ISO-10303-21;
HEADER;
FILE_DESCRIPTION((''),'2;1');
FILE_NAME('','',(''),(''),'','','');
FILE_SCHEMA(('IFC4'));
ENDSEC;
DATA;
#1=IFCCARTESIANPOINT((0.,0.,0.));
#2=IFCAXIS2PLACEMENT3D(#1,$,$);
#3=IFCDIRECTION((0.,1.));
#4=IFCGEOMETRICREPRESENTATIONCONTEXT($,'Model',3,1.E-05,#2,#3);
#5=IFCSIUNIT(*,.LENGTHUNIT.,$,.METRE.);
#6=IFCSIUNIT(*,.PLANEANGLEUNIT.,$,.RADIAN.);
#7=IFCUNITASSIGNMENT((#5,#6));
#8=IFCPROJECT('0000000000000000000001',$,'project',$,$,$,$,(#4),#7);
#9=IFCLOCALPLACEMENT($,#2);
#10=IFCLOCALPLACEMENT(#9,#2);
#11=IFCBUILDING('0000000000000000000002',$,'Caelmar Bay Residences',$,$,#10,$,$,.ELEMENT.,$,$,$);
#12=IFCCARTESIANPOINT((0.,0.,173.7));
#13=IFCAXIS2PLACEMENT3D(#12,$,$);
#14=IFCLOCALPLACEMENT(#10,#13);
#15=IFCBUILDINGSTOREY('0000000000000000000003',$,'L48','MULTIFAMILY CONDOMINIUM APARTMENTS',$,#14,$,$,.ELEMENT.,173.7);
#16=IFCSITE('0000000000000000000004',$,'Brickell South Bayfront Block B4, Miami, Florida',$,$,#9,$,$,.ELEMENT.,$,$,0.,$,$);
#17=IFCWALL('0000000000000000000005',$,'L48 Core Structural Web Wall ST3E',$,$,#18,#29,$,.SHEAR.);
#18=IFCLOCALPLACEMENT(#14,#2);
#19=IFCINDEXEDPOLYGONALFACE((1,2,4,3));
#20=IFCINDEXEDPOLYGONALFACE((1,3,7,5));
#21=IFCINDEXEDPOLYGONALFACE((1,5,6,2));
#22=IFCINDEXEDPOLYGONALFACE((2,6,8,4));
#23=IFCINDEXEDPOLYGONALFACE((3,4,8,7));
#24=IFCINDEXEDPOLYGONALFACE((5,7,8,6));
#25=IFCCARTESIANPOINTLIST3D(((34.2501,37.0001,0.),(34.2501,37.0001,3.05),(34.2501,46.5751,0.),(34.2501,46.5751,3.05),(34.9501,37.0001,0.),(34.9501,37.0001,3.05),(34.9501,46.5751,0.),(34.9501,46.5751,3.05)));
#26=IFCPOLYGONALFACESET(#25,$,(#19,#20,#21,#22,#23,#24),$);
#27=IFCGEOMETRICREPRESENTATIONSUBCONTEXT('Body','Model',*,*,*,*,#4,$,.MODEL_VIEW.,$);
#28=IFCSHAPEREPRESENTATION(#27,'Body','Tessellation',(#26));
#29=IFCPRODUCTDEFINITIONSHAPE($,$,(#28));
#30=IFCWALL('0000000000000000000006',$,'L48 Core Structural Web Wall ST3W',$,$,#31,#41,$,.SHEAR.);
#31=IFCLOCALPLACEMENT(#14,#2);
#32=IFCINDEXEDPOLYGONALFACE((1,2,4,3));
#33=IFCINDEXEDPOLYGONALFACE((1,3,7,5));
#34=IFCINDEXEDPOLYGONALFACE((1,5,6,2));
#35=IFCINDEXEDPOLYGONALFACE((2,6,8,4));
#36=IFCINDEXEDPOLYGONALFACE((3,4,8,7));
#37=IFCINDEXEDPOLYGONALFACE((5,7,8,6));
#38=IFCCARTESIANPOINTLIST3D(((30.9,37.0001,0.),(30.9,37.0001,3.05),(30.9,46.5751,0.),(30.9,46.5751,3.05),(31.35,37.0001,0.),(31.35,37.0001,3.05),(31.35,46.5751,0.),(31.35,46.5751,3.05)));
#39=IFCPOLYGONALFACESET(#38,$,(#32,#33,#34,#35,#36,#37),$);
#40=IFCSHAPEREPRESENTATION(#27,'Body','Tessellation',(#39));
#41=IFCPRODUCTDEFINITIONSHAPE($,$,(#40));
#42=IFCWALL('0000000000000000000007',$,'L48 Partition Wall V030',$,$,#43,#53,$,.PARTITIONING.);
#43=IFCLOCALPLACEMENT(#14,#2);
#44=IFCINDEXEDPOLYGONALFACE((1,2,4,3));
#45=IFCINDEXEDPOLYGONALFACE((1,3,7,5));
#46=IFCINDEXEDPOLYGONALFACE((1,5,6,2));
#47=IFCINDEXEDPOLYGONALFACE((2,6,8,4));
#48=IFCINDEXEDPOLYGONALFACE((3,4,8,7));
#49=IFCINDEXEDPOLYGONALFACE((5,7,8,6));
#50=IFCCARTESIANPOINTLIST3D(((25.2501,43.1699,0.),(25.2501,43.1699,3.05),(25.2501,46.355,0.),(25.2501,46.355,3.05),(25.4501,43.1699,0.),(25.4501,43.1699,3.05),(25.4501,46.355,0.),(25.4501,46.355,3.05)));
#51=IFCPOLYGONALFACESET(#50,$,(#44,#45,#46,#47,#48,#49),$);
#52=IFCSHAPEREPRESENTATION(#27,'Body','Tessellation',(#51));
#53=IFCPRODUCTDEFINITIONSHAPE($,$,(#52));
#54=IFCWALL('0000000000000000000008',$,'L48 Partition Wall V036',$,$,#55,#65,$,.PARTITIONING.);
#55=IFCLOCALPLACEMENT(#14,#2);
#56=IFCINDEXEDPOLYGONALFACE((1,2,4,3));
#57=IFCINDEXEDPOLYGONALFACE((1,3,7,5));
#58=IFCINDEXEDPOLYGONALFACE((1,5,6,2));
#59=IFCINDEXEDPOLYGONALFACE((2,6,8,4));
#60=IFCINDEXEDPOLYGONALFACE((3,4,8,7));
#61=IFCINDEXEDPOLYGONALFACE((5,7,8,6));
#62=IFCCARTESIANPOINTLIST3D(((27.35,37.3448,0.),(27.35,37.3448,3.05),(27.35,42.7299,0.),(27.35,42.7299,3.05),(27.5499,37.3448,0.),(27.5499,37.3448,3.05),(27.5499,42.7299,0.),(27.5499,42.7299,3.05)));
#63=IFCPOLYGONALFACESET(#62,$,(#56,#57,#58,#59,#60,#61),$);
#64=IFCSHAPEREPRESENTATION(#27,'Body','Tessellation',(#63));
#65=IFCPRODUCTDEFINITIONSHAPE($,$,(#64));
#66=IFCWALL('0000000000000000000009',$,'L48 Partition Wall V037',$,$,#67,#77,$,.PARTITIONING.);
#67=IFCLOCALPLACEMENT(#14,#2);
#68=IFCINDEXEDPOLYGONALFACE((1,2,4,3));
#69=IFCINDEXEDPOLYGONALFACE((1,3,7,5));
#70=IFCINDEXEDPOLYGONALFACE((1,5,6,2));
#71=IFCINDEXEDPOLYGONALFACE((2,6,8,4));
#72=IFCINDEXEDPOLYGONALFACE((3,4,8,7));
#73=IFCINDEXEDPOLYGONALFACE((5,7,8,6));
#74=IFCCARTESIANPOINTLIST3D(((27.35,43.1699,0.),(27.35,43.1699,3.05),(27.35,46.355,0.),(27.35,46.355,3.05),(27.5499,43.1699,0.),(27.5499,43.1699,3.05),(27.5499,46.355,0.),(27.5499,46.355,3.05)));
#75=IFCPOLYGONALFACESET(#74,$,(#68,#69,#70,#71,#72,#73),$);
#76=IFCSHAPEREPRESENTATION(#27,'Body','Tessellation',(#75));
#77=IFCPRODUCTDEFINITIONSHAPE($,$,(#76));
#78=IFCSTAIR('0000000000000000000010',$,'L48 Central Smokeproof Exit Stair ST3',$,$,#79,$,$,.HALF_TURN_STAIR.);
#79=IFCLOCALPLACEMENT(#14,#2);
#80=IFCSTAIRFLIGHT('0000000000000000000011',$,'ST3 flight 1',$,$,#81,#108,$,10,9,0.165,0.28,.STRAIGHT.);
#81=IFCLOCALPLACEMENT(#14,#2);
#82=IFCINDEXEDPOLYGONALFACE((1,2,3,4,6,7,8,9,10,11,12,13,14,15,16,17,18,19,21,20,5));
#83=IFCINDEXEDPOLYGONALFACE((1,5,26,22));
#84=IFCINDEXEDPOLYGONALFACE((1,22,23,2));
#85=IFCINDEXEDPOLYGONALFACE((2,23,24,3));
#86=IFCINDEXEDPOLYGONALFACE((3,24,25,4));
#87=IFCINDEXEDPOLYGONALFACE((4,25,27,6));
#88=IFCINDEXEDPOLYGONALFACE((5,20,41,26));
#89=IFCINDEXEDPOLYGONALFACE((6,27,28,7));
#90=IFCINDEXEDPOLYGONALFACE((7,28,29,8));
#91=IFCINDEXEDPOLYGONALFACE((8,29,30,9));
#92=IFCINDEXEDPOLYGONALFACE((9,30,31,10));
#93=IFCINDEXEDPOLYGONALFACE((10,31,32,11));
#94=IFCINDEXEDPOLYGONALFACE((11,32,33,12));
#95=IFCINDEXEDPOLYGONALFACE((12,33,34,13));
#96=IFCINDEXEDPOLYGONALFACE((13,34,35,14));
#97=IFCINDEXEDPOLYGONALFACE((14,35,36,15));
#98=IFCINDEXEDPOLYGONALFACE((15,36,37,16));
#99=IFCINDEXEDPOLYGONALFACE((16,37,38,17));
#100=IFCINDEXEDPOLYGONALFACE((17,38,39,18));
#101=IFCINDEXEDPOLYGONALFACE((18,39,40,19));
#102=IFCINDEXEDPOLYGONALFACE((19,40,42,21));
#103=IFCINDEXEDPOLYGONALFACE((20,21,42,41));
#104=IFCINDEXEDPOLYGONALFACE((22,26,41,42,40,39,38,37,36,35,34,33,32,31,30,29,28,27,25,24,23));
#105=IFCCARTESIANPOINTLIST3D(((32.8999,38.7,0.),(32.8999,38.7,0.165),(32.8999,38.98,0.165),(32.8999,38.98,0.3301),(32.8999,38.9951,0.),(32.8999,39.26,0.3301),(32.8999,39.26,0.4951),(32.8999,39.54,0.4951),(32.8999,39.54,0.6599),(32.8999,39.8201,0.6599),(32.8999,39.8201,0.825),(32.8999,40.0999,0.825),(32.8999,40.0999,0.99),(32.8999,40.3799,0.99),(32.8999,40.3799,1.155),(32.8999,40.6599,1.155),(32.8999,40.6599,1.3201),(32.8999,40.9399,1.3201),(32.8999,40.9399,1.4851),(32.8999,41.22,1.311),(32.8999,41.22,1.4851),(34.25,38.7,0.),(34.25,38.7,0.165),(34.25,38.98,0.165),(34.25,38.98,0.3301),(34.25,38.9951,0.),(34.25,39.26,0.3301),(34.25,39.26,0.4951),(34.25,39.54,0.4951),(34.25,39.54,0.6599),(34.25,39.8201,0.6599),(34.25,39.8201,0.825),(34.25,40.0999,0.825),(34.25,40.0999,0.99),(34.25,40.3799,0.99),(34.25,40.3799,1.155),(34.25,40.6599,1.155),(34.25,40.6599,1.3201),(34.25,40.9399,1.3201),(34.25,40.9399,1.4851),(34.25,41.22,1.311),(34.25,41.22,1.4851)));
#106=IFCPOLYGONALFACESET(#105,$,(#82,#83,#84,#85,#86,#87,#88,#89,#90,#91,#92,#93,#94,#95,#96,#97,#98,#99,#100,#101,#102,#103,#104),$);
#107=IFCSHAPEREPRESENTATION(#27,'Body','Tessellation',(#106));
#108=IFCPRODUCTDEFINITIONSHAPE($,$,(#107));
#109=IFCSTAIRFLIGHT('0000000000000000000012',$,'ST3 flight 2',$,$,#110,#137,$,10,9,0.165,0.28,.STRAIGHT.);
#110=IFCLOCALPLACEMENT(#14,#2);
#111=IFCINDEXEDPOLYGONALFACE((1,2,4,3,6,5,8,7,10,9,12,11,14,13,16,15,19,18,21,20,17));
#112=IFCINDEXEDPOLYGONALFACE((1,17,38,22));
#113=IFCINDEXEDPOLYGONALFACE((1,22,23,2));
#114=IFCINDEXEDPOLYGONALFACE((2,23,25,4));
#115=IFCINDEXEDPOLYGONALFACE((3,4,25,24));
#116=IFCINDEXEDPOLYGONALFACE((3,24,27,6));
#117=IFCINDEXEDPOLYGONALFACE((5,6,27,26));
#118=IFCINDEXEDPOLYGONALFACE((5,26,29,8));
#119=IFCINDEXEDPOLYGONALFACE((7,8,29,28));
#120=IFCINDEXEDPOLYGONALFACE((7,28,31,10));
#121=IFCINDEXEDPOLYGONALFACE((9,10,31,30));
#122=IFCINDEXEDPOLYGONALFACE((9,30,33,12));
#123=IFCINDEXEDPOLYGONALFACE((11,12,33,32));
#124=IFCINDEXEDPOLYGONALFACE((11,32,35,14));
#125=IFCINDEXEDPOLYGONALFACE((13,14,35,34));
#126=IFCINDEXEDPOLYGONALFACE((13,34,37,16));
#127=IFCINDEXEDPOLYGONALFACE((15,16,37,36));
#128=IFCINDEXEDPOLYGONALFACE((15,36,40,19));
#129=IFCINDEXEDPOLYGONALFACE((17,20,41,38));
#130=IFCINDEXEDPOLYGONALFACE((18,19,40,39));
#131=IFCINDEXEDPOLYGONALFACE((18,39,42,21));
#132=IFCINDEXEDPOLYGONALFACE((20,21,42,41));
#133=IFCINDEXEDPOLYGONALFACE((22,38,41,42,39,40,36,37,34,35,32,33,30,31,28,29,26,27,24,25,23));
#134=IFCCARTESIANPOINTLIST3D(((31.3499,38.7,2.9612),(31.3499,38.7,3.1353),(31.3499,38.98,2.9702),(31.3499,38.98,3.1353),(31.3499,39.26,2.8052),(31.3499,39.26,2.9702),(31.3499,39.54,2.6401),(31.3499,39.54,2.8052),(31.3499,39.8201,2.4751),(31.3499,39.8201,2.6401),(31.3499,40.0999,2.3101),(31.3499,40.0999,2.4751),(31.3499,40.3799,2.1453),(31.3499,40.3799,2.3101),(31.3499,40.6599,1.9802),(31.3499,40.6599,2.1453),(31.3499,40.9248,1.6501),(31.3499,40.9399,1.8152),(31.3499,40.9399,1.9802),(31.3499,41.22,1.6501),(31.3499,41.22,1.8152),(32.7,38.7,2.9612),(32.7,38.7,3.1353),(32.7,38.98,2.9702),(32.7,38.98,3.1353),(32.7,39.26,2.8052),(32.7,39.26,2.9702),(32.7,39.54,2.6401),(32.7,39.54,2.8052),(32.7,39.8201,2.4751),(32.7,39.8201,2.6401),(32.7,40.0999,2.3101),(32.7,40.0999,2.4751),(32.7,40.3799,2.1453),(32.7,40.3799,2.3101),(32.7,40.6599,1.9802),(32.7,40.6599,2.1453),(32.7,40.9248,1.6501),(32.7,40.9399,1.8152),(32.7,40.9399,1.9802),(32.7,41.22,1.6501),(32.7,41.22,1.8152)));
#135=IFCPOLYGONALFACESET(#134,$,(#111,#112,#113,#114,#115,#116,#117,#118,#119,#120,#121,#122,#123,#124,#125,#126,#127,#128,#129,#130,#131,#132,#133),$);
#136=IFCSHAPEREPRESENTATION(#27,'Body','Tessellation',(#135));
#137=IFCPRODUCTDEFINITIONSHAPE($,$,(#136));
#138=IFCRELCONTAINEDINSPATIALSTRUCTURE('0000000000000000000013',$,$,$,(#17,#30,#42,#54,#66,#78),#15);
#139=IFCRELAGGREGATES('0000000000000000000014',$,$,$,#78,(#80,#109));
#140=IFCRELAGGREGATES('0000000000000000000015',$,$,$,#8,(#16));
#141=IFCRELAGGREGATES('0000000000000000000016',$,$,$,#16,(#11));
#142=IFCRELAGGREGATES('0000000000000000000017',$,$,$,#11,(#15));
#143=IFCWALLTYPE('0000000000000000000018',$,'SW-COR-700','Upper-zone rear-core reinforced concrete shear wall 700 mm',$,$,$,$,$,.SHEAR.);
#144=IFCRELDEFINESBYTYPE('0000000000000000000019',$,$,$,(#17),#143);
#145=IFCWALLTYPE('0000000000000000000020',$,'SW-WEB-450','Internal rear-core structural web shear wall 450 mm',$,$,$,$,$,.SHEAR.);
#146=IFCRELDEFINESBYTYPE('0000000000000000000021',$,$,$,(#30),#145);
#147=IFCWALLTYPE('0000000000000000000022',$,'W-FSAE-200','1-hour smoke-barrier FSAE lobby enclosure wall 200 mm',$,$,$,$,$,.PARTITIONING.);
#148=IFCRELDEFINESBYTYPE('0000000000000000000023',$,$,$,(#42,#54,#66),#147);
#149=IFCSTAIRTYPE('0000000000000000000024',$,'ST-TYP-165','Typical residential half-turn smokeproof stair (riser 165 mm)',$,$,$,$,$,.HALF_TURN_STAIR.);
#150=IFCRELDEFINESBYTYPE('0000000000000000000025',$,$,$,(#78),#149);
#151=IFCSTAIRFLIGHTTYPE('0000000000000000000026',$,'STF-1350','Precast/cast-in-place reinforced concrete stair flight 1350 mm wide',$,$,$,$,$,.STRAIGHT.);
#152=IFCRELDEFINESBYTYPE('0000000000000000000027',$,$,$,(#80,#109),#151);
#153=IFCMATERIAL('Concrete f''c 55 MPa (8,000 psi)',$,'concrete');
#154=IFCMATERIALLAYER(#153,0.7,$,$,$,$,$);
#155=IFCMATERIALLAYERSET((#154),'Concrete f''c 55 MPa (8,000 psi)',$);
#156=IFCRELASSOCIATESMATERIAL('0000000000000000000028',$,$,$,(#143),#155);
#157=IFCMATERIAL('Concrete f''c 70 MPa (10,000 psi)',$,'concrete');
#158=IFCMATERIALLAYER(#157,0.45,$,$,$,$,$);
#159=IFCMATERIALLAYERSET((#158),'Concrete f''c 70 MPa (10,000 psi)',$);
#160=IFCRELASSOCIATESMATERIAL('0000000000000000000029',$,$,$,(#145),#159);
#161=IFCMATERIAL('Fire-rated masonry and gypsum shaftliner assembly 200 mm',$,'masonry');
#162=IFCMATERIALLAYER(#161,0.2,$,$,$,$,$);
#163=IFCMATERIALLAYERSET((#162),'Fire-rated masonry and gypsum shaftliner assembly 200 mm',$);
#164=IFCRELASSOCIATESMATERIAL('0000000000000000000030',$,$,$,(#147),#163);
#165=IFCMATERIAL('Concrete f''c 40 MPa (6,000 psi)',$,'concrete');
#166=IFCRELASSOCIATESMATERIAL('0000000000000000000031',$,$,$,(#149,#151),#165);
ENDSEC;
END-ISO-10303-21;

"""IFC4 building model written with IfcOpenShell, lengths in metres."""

from ifc_helpers import new_model, si_unit, direction, frame, frame_2d, origin, place, context, subcontext, project, spatial, polyline, rectangle, outline, extrude, material, layer, layer_set, type_object, element, aggregate, save


model = new_model("IFC4")

# Units and contexts
model_context = context("Model", 3, precision=1e-05, world=origin(), true_north=direction((0.0, 1.0)))
body_context = subcontext(model_context, "Body", "Model", "MODEL_VIEW")
ifc_project = project(units=[si_unit("LENGTHUNIT", "METRE"), si_unit("PLANEANGLEUNIT", "RADIAN")], contexts=[model_context])

# Site, building, storey
site_placement = place(None, origin())
site = spatial("IfcSite", under=ifc_project, at=site_placement, Name="Brickell South Bayfront Block B4, Miami, Florida", CompositionType="ELEMENT", RefElevation=0.0)
building_placement = place(site_placement, origin())
building = spatial("IfcBuilding", under=site, at=building_placement, Name="Caelmar Bay Residences", CompositionType="ELEMENT")
storey_placement = place(building_placement, frame((0.0, 0.0, 173.7)))
storey = spatial("IfcBuildingStorey", under=building, at=storey_placement, Name="L48", Description="MULTIFAMILY CONDOMINIUM APARTMENTS", CompositionType="ELEMENT", Elevation=173.7)

# Walls
ifc_material_1 = material(Name="Concrete f'c 55 MPa (8,000 psi)", Category="concrete")
ifc_layer_1 = layer(ifc_material_1, 0.7)
ifc_layer_set_1 = layer_set([ifc_layer_1], Name="Concrete f'c 55 MPa (8,000 psi)")
wall_type_1 = type_object("IfcWallType", Name="SW-COR-700", Description="Upper-zone rear-core reinforced concrete shear wall 700 mm", PredefinedType="SHEAR", material=ifc_layer_set_1)
wall_1_placement = place(storey_placement, frame((34.6001, 37.0, 0.0), z_axis=(0.0, 0.0, 1.0), x_axis=(0.0, 1.0, 0.0)))
element("IfcWall", 1, at=wall_1_placement, inside=storey, type_object=wall_type_1, Name="L48 Core Structural Web Wall ST3E", PredefinedType="SHEAR", context=body_context, shape_type="SweptSolid", body=[
    extrude(rectangle(XDim=9.575, YDim=0.7, at=frame_2d((4.7876, 0.0))), origin(), (0.0, 0.0, 1.0), 3.05),
])
ifc_material_2 = material(Name="Concrete f'c 70 MPa (10,000 psi)", Category="concrete")
ifc_layer_2 = layer(ifc_material_2, 0.45)
ifc_layer_set_2 = layer_set([ifc_layer_2], Name="Concrete f'c 70 MPa (10,000 psi)")
wall_type_2 = type_object("IfcWallType", Name="SW-WEB-450", Description="Internal rear-core structural web shear wall 450 mm", PredefinedType="SHEAR", material=ifc_layer_set_2)
wall_2_placement = place(storey_placement, frame((31.125, 37.0, 0.0), z_axis=(0.0, 0.0, 1.0), x_axis=(0.0, 1.0, 0.0)))
element("IfcWall", 2, at=wall_2_placement, inside=storey, type_object=wall_type_2, Name="L48 Core Structural Web Wall ST3W", PredefinedType="SHEAR", context=body_context, shape_type="SweptSolid", body=[
    extrude(rectangle(XDim=9.575, YDim=0.45, at=frame_2d((4.7876, 0.0))), origin(), (0.0, 0.0, 1.0), 3.05),
])

# Walls
ifc_material_3 = material(Name="Fire-rated masonry and gypsum shaftliner assembly 200 mm", Category="masonry")
ifc_layer_3 = layer(ifc_material_3, 0.2)
ifc_layer_set_3 = layer_set([ifc_layer_3], Name="Fire-rated masonry and gypsum shaftliner assembly 200 mm")
wall_type_3 = type_object("IfcWallType", Name="W-FSAE-200", Description="1-hour smoke-barrier FSAE lobby enclosure wall 200 mm", PredefinedType="PARTITIONING", material=ifc_layer_set_3)
wall_3_placement = place(storey_placement, frame((25.3501, 43.1699, 0.0), z_axis=(0.0, 0.0, 1.0), x_axis=(0.0, 1.0, 0.0)))
element("IfcWall", 3, at=wall_3_placement, inside=storey, type_object=wall_type_3, Name="L48 Partition Wall V030", PredefinedType="PARTITIONING", context=body_context, shape_type="SweptSolid", body=[
    extrude(rectangle(XDim=3.1851, YDim=0.2, at=frame_2d((1.5925, 0.0))), origin(), (0.0, 0.0, 1.0), 3.05),
])
wall_4_placement = place(storey_placement, frame((27.45, 37.345, 0.0), z_axis=(0.0, 0.0, 1.0), x_axis=(0.0, 1.0, 0.0)))
element("IfcWall", 4, at=wall_4_placement, inside=storey, type_object=wall_type_3, Name="L48 Partition Wall V036", PredefinedType="PARTITIONING", context=body_context, shape_type="SweptSolid", body=[
    extrude(rectangle(XDim=5.385, YDim=0.2, at=frame_2d((2.6924, 0.0))), origin(), (0.0, 0.0, 1.0), 3.05),
])
wall_5_placement = place(storey_placement, frame((27.45, 43.1699, 0.0), z_axis=(0.0, 0.0, 1.0), x_axis=(0.0, 1.0, 0.0)))
element("IfcWall", 5, at=wall_5_placement, inside=storey, type_object=wall_type_3, Name="L48 Partition Wall V037", PredefinedType="PARTITIONING", context=body_context, shape_type="SweptSolid", body=[
    extrude(rectangle(XDim=3.1851, YDim=0.2, at=frame_2d((1.5925, 0.0))), origin(), (0.0, 0.0, 1.0), 3.05),
])

# Stair, stair flights
ifc_material_4 = material(Name="Concrete f'c 40 MPa (6,000 psi)", Category="concrete")
stair_type = type_object("IfcStairType", Name="ST-TYP-165", Description="Typical residential half-turn smokeproof stair (riser 165 mm)", PredefinedType="HALF_TURN_STAIR", material=ifc_material_4)
stair_placement = place(storey_placement, origin())
stair = element("IfcStair", 6, at=stair_placement, inside=storey, type_object=stair_type, Name="L48 Central Smokeproof Exit Stair ST3", PredefinedType="HALF_TURN_STAIR")
stair_flight_type = type_object("IfcStairFlightType", Name="STF-1350", Description="Precast/cast-in-place reinforced concrete stair flight 1350 mm wide", PredefinedType="STRAIGHT", material=ifc_material_4)
stair_flight_1_placement = place(storey_placement, frame((33.575, 38.7, 0.0), z_axis=(0.0, 0.0, 1.0), x_axis=(0.0, 1.0, 0.0)))
stair_flight_1 = element("IfcStairFlight", 7, at=stair_flight_1_placement, type_object=stair_flight_type, Name="ST3 flight 1", NumberOfRisers=10, NumberOfTreads=9, PredefinedType="STRAIGHT", RiserHeight=0.165, TreadLength=0.28, context=body_context, shape_type="SweptSolid", body=[
    extrude(outline(polyline([(0.0, 0.0), (0.0, 0.165), (0.28, 0.165), (0.28, 0.3301), (0.5601, 0.3301), (0.5601, 0.4951), (0.8401, 0.4951), (0.8401, 0.6599), (1.1201, 0.6599), (1.1201, 0.825), (1.3999, 0.825), (1.3999, 0.99), (1.6799, 0.99), (1.6799, 1.155), (1.96, 1.155), (1.96, 1.3201), (2.24, 1.3201), (2.24, 1.4851), (2.52, 1.4851), (2.52, 1.6499), (2.52, 1.311), (0.2952, 0.0), (0.0, 0.0)])), frame((0.0, 0.675, 0.0), z_axis=(0.0, -1.0, 0.0), x_axis=(1.0, 0.0, 0.0)), (0.0, 0.0, 1.0), 1.3501),
])
stair_flight_2_placement = place(storey_placement, frame((32.0249, 41.22, 1.6501), z_axis=(0.0, 0.0, 1.0), x_axis=(0.0, -1.0, 0.0)))
stair_flight_2 = element("IfcStairFlight", 8, at=stair_flight_2_placement, type_object=stair_flight_type, Name="ST3 flight 2", NumberOfRisers=10, NumberOfTreads=9, PredefinedType="STRAIGHT", RiserHeight=0.165, TreadLength=0.28, context=body_context, shape_type="SweptSolid", body=[
    extrude(outline(polyline([(0.0, 0.0), (0.0, 0.165), (0.28, 0.165), (0.28, 0.3301), (0.5601, 0.3301), (0.5601, 0.4951), (0.8401, 0.4951), (0.8401, 0.6599), (1.1201, 0.6599), (1.1201, 0.825), (1.3999, 0.825), (1.3999, 0.99), (1.6799, 0.99), (1.6799, 1.155), (1.96, 1.155), (1.96, 1.3201), (2.24, 1.3201), (2.24, 1.4851), (2.52, 1.4851), (2.52, 1.6499), (2.52, 1.311), (0.2952, 0.0), (0.0, 0.0)])), frame((0.0, 0.675, 0.0), z_axis=(0.0, -1.0, 0.0), x_axis=(1.0, 0.0, 0.0)), (0.0, 0.0, 1.0), 1.3501),
])
aggregate(stair, [stair_flight_1, stair_flight_2])

save(model, "model.ifc")
